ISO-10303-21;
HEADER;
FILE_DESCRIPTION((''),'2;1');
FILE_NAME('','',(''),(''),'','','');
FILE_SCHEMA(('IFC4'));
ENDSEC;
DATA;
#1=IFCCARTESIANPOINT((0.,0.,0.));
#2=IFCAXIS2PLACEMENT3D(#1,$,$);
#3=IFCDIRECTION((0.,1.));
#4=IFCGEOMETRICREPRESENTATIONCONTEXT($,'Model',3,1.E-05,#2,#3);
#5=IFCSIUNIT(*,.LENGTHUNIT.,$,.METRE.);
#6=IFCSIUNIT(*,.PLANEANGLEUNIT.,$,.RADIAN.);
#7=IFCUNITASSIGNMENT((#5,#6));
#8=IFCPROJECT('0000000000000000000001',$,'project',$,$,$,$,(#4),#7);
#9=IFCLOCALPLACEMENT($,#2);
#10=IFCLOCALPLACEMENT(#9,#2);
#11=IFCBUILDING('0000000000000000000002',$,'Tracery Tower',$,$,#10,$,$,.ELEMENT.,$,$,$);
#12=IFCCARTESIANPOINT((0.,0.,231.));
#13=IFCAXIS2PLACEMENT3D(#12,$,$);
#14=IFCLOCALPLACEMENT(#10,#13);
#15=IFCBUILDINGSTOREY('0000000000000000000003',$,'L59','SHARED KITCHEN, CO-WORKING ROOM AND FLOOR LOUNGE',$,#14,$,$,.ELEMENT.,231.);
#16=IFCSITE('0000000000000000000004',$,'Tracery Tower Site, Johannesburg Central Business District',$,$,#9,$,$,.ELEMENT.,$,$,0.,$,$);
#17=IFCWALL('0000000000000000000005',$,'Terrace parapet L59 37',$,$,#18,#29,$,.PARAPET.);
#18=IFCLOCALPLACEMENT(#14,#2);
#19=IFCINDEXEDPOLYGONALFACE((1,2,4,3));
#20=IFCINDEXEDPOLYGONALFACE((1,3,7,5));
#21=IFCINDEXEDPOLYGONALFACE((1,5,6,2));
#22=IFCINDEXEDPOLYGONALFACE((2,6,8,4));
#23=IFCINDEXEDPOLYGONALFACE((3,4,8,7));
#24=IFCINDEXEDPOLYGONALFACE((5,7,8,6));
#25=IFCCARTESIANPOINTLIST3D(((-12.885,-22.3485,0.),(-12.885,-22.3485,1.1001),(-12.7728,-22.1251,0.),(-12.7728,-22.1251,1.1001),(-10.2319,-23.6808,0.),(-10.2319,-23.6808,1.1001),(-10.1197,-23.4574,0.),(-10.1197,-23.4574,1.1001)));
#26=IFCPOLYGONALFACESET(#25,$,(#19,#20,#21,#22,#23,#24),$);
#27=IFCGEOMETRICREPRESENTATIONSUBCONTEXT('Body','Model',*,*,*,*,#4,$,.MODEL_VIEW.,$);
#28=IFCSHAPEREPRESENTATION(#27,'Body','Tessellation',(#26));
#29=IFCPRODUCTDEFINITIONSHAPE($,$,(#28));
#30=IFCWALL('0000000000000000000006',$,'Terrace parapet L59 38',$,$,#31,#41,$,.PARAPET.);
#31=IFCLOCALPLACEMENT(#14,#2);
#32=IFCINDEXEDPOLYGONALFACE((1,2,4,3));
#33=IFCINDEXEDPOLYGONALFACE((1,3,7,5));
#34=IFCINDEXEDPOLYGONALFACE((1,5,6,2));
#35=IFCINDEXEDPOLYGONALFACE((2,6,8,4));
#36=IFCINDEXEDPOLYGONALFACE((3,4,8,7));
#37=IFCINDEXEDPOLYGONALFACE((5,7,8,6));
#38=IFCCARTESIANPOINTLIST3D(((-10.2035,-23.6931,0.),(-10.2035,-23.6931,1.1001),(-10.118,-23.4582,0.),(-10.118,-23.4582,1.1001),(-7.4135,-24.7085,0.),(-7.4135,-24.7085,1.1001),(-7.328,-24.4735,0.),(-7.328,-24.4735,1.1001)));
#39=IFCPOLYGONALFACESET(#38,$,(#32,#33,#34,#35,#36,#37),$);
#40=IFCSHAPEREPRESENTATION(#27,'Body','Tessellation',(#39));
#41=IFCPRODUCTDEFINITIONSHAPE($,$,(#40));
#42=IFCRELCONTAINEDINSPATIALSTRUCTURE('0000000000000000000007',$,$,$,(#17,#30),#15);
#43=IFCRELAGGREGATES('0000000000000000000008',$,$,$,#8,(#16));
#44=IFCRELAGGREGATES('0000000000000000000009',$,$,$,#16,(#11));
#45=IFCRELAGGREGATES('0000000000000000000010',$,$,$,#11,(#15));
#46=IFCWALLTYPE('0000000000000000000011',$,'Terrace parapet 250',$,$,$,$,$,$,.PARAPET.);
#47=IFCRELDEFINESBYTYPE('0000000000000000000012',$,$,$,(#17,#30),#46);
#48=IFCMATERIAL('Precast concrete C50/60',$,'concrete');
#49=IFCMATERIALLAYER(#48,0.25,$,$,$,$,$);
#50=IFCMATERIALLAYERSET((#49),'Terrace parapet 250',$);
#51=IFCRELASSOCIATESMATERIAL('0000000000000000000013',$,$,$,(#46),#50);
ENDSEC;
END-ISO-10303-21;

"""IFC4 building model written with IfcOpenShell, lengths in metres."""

from ifc_helpers import new_model, si_unit, direction, frame, frame_2d, origin, place, context, subcontext, project, spatial, rectangle, extrude, material, layer, layer_set, type_object, element, save


model = new_model("IFC4")

# Units and contexts
model_context = context("Model", 3, precision=1e-05, world=origin(), true_north=direction((0.0, 1.0)))
body_context = subcontext(model_context, "Body", "Model", "MODEL_VIEW")
ifc_project = project(units=[si_unit("LENGTHUNIT", "METRE"), si_unit("PLANEANGLEUNIT", "RADIAN")], contexts=[model_context])

# Site, building, storey
site_placement = place(None, origin())
site = spatial("IfcSite", under=ifc_project, at=site_placement, Name="Tracery Tower Site, Johannesburg Central Business District", CompositionType="ELEMENT", RefElevation=0.0)
building_placement = place(site_placement, origin())
building = spatial("IfcBuilding", under=site, at=building_placement, Name="Tracery Tower", CompositionType="ELEMENT")
storey_placement = place(building_placement, frame((0.0, 0.0, 231.0)))
storey = spatial("IfcBuildingStorey", under=building, at=storey_placement, Name="L59", Description="SHARED KITCHEN, CO-WORKING ROOM AND FLOOR LOUNGE", CompositionType="ELEMENT", Elevation=231.0)

# Walls
ifc_material_1 = material(Name="Precast concrete C50/60", Category="concrete")
ifc_layer_1 = layer(ifc_material_1, 0.25)
ifc_layer_set_1 = layer_set([ifc_layer_1], Name="Terrace parapet 250")
wall_type_1 = type_object("IfcWallType", Name="Terrace parapet 250", PredefinedType="PARAPET", material=ifc_layer_set_1)
for number, where, z_axis, x_axis, name in (
    (1, (-12.8289, -22.2368, 0.0), (0.0, 0.0, 1.0), (0.893653, -0.448759, 0.0), "Terrace parapet L59 37"),
):
    element("IfcWall", number, at=place(storey_placement, frame(where, z_axis=z_axis, x_axis=x_axis)), inside=storey, type_object=wall_type_1, Name=name, PredefinedType="PARAPET", context=body_context, shape_type="SweptSolid", body=[
        extrude(rectangle(XDim=2.9688, YDim=0.25, at=frame_2d((1.4844, 0.0))), origin(), (0.0, 0.0, 1.0), 1.1001),
    ])
wall_1_placement = place(storey_placement, frame((-10.1606, -23.5757, 0.0), z_axis=(0.0, 0.0, 1.0), x_axis=(0.939705, -0.341987, 0.0)))
element("IfcWall", 2, at=wall_1_placement, inside=storey, type_object=wall_type_1, Name="Terrace parapet L59 38", PredefinedType="PARAPET", context=body_context, shape_type="SweptSolid", body=[
    extrude(rectangle(XDim=2.969, YDim=0.25, at=frame_2d((1.4844, 0.0))), origin(), (0.0, 0.0, 1.0), 1.1001),
])

save(model, "model.ifc")
